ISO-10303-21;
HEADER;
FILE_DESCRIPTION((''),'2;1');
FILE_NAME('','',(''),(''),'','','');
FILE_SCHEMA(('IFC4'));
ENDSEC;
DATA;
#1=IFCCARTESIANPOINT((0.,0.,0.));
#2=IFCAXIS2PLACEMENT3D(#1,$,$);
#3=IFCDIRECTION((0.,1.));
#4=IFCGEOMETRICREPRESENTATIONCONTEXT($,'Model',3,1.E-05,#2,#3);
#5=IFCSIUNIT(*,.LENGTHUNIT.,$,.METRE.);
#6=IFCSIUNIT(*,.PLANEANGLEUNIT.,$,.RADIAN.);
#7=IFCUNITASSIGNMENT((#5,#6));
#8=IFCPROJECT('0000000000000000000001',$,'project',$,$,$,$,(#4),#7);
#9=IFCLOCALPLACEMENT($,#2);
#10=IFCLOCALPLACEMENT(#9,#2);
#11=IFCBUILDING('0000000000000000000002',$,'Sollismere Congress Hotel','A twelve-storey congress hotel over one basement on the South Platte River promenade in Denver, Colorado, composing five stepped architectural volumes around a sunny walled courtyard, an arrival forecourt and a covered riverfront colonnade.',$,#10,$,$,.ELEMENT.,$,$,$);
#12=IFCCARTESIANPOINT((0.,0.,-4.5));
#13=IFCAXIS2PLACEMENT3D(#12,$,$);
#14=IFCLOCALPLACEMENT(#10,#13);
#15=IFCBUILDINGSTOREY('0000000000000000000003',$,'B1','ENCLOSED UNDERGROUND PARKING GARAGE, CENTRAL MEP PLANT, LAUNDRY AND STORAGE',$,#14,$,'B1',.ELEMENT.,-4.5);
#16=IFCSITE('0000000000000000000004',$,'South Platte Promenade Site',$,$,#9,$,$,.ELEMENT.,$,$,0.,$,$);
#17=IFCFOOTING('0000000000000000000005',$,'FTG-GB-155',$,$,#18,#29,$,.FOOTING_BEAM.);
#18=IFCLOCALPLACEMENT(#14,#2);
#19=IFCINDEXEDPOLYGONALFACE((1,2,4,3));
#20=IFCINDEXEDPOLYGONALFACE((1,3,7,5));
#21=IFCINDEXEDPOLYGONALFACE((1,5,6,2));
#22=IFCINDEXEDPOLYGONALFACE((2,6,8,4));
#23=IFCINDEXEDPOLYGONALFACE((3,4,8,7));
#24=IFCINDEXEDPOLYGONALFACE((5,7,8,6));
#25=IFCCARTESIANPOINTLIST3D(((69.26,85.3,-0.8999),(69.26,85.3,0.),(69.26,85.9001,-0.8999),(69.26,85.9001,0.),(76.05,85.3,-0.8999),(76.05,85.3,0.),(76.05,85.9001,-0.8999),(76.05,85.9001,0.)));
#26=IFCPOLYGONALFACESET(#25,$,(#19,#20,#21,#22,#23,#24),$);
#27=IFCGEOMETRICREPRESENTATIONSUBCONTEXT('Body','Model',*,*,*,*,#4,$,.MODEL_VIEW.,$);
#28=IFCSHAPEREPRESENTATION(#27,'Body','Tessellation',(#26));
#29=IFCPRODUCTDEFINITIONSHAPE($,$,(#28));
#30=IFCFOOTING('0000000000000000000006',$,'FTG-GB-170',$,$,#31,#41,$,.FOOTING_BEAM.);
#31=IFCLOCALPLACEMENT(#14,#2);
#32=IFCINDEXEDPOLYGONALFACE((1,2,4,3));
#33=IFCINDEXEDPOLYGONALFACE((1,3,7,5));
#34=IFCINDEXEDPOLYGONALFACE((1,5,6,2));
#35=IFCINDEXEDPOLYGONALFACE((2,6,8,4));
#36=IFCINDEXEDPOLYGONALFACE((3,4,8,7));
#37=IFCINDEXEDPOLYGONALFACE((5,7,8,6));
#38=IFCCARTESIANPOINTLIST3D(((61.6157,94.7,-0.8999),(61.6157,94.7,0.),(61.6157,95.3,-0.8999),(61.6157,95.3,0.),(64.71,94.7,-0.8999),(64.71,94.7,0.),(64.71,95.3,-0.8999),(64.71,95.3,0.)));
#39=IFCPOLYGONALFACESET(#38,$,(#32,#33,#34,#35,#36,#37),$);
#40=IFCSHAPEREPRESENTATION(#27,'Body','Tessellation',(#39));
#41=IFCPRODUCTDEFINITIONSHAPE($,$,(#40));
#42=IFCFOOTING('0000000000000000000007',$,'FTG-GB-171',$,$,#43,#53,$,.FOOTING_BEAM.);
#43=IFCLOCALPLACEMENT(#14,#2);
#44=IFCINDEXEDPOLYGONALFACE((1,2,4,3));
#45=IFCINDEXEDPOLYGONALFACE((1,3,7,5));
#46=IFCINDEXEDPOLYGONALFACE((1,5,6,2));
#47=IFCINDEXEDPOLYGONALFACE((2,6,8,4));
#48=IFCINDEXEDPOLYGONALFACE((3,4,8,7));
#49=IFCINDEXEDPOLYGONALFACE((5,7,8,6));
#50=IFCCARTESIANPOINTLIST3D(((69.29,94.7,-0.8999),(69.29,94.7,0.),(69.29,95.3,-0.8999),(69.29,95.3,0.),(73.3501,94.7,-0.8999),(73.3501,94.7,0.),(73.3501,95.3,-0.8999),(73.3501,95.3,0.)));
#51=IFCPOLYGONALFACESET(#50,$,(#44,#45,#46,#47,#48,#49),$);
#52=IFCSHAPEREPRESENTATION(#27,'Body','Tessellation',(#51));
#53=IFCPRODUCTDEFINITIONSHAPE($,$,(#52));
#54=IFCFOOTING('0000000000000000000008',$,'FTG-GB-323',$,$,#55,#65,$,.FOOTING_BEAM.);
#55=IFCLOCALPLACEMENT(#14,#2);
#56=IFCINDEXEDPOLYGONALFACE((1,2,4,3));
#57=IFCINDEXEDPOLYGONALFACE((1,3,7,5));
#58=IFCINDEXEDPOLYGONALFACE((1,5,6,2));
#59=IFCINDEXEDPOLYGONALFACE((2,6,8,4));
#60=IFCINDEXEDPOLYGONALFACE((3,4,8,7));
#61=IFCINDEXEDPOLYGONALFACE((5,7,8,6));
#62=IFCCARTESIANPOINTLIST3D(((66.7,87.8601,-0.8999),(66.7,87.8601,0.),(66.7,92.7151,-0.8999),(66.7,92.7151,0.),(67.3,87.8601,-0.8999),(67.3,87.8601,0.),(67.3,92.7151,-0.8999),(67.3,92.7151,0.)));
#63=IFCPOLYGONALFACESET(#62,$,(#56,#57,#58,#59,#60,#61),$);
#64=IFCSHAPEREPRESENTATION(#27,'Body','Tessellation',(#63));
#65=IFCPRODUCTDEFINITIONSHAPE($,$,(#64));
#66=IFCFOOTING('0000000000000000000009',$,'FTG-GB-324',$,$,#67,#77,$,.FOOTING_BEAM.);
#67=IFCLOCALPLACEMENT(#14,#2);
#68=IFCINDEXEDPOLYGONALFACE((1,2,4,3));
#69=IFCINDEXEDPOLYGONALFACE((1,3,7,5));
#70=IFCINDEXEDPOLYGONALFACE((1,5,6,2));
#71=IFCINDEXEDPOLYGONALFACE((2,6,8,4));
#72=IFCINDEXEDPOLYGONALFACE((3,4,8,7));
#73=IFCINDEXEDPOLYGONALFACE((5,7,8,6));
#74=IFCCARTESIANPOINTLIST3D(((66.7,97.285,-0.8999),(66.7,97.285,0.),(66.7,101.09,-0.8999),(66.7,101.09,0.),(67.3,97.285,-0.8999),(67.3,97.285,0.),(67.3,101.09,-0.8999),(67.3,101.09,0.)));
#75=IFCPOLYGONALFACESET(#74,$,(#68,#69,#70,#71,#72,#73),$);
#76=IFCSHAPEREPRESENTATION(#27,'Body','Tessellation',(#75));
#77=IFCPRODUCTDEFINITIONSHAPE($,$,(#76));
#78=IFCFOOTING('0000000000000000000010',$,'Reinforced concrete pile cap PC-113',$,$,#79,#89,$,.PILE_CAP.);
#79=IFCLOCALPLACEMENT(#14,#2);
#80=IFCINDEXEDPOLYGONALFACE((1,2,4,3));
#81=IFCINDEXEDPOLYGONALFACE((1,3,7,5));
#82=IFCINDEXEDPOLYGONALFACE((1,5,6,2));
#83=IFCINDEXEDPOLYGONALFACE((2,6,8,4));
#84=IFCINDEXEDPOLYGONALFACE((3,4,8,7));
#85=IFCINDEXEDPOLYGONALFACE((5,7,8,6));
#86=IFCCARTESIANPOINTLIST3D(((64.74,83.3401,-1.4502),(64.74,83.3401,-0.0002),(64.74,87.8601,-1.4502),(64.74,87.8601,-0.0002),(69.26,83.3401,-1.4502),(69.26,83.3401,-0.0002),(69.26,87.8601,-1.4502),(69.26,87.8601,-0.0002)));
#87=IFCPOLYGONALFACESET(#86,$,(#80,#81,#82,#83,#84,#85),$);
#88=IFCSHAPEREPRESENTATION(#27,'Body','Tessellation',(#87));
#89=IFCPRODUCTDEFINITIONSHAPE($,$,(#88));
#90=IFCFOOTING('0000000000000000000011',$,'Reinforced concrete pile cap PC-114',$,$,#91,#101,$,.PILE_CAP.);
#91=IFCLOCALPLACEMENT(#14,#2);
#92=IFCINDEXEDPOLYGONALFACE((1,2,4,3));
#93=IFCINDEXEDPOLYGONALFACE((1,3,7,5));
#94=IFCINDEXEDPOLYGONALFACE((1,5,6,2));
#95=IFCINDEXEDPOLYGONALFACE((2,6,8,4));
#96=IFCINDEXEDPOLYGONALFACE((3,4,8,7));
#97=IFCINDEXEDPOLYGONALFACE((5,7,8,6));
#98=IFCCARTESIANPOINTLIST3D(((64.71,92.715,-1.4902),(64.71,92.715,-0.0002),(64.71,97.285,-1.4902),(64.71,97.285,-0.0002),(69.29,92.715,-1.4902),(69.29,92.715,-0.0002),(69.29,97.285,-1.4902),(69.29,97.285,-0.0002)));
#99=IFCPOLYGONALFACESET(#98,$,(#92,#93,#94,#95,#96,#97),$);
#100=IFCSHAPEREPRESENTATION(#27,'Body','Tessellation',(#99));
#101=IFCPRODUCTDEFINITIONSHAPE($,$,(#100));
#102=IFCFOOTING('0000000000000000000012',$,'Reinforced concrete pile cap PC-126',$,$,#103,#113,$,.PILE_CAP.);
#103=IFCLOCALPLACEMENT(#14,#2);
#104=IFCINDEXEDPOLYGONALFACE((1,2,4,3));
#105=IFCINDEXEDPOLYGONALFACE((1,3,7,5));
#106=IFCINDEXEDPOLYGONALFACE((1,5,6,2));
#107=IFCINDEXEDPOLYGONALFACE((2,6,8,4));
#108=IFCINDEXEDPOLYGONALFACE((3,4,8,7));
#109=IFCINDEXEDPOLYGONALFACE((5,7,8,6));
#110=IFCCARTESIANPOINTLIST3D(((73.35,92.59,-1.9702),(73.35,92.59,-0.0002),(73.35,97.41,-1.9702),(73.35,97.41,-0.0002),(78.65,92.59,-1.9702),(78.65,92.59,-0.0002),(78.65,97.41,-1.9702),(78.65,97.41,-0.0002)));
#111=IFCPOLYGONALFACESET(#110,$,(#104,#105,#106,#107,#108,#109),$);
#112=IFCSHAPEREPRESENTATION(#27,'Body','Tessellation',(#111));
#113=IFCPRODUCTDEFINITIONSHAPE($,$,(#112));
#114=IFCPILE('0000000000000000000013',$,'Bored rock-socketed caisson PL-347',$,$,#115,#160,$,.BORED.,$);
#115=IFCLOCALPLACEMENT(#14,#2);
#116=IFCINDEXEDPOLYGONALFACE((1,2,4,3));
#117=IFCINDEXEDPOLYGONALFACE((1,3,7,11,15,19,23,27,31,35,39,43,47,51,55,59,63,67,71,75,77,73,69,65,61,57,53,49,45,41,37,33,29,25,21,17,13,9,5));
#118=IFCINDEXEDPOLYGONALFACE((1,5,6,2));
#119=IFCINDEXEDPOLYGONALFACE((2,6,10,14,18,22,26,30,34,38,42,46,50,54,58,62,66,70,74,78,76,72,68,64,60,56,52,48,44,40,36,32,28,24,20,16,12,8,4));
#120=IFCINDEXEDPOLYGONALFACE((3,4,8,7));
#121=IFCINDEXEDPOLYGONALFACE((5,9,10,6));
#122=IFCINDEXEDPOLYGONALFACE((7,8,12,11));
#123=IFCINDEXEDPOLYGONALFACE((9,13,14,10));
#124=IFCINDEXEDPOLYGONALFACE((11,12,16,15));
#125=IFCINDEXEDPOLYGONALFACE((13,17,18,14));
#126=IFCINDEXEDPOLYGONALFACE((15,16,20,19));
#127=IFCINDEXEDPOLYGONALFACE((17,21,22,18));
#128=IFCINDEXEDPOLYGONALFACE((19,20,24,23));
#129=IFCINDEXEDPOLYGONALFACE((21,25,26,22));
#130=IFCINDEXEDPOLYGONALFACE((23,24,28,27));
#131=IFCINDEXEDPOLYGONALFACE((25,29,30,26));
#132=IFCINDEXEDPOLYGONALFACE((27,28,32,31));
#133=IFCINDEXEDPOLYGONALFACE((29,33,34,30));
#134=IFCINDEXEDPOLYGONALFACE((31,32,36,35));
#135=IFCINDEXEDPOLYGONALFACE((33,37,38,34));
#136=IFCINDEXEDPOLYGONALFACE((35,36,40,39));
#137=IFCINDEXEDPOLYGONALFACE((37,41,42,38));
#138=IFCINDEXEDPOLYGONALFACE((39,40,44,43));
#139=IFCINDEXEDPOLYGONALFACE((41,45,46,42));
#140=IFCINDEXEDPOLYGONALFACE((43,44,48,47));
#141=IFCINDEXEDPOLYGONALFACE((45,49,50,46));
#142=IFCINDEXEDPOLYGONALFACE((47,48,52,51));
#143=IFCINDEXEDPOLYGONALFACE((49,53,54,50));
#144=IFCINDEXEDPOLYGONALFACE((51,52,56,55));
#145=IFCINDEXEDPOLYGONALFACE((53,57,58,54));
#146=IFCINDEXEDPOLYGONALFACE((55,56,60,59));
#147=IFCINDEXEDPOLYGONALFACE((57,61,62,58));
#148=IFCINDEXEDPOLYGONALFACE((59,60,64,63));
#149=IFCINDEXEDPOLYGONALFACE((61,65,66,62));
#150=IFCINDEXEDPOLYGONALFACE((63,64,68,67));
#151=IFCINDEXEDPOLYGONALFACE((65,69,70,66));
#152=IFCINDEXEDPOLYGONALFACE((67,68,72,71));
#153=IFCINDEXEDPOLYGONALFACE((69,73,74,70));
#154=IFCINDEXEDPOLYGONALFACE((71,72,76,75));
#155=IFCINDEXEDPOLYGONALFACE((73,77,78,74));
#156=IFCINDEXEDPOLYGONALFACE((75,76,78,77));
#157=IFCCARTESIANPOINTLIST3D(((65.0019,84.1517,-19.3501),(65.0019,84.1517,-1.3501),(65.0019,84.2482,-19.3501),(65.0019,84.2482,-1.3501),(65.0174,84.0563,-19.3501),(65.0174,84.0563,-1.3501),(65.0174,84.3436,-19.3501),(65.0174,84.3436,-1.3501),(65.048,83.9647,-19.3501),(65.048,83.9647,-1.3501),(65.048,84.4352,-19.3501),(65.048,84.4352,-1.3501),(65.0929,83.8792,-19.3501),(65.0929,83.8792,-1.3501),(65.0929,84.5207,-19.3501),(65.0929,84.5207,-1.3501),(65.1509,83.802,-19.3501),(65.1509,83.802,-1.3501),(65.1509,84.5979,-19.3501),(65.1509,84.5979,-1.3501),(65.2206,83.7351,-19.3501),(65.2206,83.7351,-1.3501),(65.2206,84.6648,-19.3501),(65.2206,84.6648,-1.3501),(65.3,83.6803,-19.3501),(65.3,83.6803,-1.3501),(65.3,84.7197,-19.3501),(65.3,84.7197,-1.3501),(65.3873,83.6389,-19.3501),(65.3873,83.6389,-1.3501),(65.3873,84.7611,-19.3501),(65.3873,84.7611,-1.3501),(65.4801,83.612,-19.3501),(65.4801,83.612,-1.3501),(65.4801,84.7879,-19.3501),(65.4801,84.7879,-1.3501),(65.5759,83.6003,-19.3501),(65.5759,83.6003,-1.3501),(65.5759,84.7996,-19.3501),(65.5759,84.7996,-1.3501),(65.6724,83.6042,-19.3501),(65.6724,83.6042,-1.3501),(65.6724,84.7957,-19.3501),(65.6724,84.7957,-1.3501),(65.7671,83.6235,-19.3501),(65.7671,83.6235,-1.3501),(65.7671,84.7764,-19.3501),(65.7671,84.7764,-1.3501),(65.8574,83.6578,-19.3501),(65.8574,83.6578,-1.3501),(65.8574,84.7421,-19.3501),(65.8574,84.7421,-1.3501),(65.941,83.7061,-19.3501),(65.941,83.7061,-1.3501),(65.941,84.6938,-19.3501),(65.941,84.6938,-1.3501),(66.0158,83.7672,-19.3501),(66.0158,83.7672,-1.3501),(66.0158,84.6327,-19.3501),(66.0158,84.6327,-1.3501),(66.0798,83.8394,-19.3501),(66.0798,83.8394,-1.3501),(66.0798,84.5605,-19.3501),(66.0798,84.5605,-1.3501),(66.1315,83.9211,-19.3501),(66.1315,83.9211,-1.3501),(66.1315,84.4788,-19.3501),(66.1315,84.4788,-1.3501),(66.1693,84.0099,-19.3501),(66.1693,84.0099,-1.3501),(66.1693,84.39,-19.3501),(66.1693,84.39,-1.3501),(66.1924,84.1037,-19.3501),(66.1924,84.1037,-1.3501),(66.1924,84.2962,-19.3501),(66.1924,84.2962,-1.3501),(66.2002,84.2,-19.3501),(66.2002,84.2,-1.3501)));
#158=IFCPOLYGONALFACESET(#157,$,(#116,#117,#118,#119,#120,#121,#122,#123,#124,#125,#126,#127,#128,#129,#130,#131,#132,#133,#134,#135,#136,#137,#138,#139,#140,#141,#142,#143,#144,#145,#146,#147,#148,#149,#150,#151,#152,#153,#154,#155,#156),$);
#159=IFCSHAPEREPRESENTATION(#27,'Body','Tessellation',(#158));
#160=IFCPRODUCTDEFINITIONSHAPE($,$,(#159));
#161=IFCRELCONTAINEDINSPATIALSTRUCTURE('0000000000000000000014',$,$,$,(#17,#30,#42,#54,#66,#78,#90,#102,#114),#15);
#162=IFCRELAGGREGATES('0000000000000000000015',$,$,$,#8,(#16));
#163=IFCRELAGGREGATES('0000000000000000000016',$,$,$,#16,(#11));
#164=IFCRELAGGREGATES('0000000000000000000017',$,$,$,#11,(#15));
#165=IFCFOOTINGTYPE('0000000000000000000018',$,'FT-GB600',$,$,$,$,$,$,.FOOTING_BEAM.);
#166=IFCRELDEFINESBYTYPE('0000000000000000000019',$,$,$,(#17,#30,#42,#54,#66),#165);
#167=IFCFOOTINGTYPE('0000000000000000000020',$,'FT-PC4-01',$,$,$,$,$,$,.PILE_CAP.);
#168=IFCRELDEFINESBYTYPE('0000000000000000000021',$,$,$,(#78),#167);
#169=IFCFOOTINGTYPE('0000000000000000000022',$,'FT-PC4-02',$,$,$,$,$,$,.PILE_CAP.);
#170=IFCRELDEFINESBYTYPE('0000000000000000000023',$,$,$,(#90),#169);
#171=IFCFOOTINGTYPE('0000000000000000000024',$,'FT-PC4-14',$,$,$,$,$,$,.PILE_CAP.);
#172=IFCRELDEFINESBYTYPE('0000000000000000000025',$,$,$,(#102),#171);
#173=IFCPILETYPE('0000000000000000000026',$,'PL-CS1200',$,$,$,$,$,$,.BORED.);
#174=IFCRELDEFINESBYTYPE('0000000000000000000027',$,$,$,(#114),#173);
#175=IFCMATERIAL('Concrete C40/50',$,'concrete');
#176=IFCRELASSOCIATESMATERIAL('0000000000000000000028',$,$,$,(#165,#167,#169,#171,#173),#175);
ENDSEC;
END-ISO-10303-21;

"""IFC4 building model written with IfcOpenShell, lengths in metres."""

from ifc_helpers import new_model, si_unit, direction, frame, origin, origin_2d, place, context, subcontext, project, spatial, rectangle, circle, extrude, material, material_profile, profile_set, type_object, element, save


model = new_model("IFC4")

# Units and contexts
model_context = context("Model", 3, precision=1e-05, world=origin(), true_north=direction((0.0, 1.0)))
body_context = subcontext(model_context, "Body", "Model", "MODEL_VIEW")
ifc_project = project(units=[si_unit("LENGTHUNIT", "METRE"), si_unit("PLANEANGLEUNIT", "RADIAN")], contexts=[model_context])

# Site, building, storey
site_placement = place(None, origin())
site = spatial("IfcSite", under=ifc_project, at=site_placement, Name="South Platte Promenade Site", CompositionType="ELEMENT", RefElevation=0.0)
building_placement = place(site_placement, origin())
building = spatial("IfcBuilding", under=site, at=building_placement, Name="Sollismere Congress Hotel", Description="A twelve-storey congress hotel over one basement on the South Platte River promenade in Denver, Colorado, composing five stepped architectural volumes around a sunny walled courtyard, an arrival forecourt and a covered riverfront colonnade.", CompositionType="ELEMENT")
storey_placement = place(building_placement, frame((0.0, 0.0, -4.5)))
storey = spatial("IfcBuildingStorey", under=building, at=storey_placement, Name="B1", Description="ENCLOSED UNDERGROUND PARKING GARAGE, CENTRAL MEP PLANT, LAUNDRY AND STORAGE", LongName="B1", CompositionType="ELEMENT", Elevation=-4.5)

# Footings
ifc_material_1 = material(Name="Concrete C40/50", Category="concrete")
footing_type_1 = type_object("IfcFootingType", Name="FT-GB600", PredefinedType="FOOTING_BEAM", material=ifc_material_1)
footing_1_placement = place(storey_placement, frame((72.655, 85.6001, -0.8999), z_axis=(0.0, 0.0, 1.0), x_axis=(1.0, 0.0, 0.0)))
element("IfcFooting", 1, at=footing_1_placement, inside=storey, type_object=footing_type_1, Name="FTG-GB-155", PredefinedType="FOOTING_BEAM", context=body_context, shape_type="SweptSolid", body=[
    extrude(rectangle(XDim=6.79, YDim=0.6001, at=origin_2d()), origin(), (0.0, 0.0, 1.0), 0.8999),
])
footing_2_placement = place(storey_placement, frame((63.1628, 95.0, -0.8999), z_axis=(0.0, 0.0, 1.0), x_axis=(1.0, 0.0, 0.0)))
element("IfcFooting", 2, at=footing_2_placement, inside=storey, type_object=footing_type_1, Name="FTG-GB-170", PredefinedType="FOOTING_BEAM", context=body_context, shape_type="SweptSolid", body=[
    extrude(rectangle(XDim=3.0942, YDim=0.6001, at=origin_2d()), origin(), (0.0, 0.0, 1.0), 0.8999),
])
footing_3_placement = place(storey_placement, frame((71.3201, 95.0, -0.8999), z_axis=(0.0, 0.0, 1.0), x_axis=(1.0, 0.0, 0.0)))
element("IfcFooting", 3, at=footing_3_placement, inside=storey, type_object=footing_type_1, Name="FTG-GB-171", PredefinedType="FOOTING_BEAM", context=body_context, shape_type="SweptSolid", body=[
    extrude(rectangle(XDim=4.0601, YDim=0.6001, at=origin_2d()), origin(), (0.0, 0.0, 1.0), 0.8999),
])
footing_4_placement = place(storey_placement, frame((67.0, 90.2876, -0.8999), z_axis=(0.0, 0.0, 1.0), x_axis=(0.0, 1.0, 0.0)))
element("IfcFooting", 4, at=footing_4_placement, inside=storey, type_object=footing_type_1, Name="FTG-GB-323", PredefinedType="FOOTING_BEAM", context=body_context, shape_type="SweptSolid", body=[
    extrude(rectangle(XDim=4.855, YDim=0.6001, at=origin_2d()), origin(), (0.0, 0.0, 1.0), 0.8999),
])
footing_5_placement = place(storey_placement, frame((67.0, 99.1875, -0.8999), z_axis=(0.0, 0.0, 1.0), x_axis=(0.0, 1.0, 0.0)))
element("IfcFooting", 5, at=footing_5_placement, inside=storey, type_object=footing_type_1, Name="FTG-GB-324", PredefinedType="FOOTING_BEAM", context=body_context, shape_type="SweptSolid", body=[
    extrude(rectangle(XDim=3.8049, YDim=0.6001, at=origin_2d()), origin(), (0.0, 0.0, 1.0), 0.8999),
])
footing_type_2 = type_object("IfcFootingType", Name="FT-PC4-01", PredefinedType="PILE_CAP", material=ifc_material_1)
footing_6_placement = place(storey_placement, frame((67.0, 85.6001, -1.4502), z_axis=(0.0, 0.0, 1.0), x_axis=(1.0, 0.0, 0.0)))
element("IfcFooting", 6, at=footing_6_placement, inside=storey, type_object=footing_type_2, Name="Reinforced concrete pile cap PC-113", PredefinedType="PILE_CAP", context=body_context, shape_type="SweptSolid", body=[
    extrude(rectangle(XDim=4.52, YDim=4.52, at=origin_2d()), origin(), (0.0, 0.0, 1.0), 1.45),
])
footing_type_3 = type_object("IfcFootingType", Name="FT-PC4-02", PredefinedType="PILE_CAP", material=ifc_material_1)
footing_7_placement = place(storey_placement, frame((67.0, 95.0, -1.4902), z_axis=(0.0, 0.0, 1.0), x_axis=(1.0, 0.0, 0.0)))
element("IfcFooting", 7, at=footing_7_placement, inside=storey, type_object=footing_type_3, Name="Reinforced concrete pile cap PC-114", PredefinedType="PILE_CAP", context=body_context, shape_type="SweptSolid", body=[
    extrude(rectangle(XDim=4.5801, YDim=4.5701, at=origin_2d()), origin(), (0.0, 0.0, 1.0), 1.49),
])
footing_type_4 = type_object("IfcFootingType", Name="FT-PC4-14", PredefinedType="PILE_CAP", material=ifc_material_1)
footing_8_placement = place(storey_placement, frame((76.0, 95.0, -1.9702), z_axis=(0.0, 0.0, 1.0), x_axis=(1.0, 0.0, 0.0)))
element("IfcFooting", 8, at=footing_8_placement, inside=storey, type_object=footing_type_4, Name="Reinforced concrete pile cap PC-126", PredefinedType="PILE_CAP", context=body_context, shape_type="SweptSolid", body=[
    extrude(rectangle(XDim=5.3, YDim=4.8201, at=origin_2d()), origin(), (0.0, 0.0, 1.0), 1.97),
])

# Pile
ifc_material_profile_1 = material_profile(ifc_material_1, circle(Radius=0.6001, at=origin_2d()), Name="CAISSON1200")
ifc_profile_set_1 = profile_set([ifc_material_profile_1], Name="Concrete C40/50")
pile_type = type_object("IfcPileType", Name="PL-CS1200", PredefinedType="BORED", material=ifc_profile_set_1)
for number, where, z_axis, x_axis, name in (
    (9, (65.6001, 84.2, -1.3501), (0.0, 0.0, -1.0), (1.0, 0.0, 0.0), "Bored rock-socketed caisson PL-347"),
):
    element("IfcPile", number, at=place(storey_placement, frame(where, z_axis=z_axis, x_axis=x_axis)), inside=storey, type_object=pile_type, Name=name, PredefinedType="BORED", context=body_context, shape_type="SweptSolid", body=[
        extrude(circle(Radius=0.6001, at=origin_2d()), origin(), (0.0, 0.0, 1.0), 18.0),
    ])

save(model, "model.ifc")
